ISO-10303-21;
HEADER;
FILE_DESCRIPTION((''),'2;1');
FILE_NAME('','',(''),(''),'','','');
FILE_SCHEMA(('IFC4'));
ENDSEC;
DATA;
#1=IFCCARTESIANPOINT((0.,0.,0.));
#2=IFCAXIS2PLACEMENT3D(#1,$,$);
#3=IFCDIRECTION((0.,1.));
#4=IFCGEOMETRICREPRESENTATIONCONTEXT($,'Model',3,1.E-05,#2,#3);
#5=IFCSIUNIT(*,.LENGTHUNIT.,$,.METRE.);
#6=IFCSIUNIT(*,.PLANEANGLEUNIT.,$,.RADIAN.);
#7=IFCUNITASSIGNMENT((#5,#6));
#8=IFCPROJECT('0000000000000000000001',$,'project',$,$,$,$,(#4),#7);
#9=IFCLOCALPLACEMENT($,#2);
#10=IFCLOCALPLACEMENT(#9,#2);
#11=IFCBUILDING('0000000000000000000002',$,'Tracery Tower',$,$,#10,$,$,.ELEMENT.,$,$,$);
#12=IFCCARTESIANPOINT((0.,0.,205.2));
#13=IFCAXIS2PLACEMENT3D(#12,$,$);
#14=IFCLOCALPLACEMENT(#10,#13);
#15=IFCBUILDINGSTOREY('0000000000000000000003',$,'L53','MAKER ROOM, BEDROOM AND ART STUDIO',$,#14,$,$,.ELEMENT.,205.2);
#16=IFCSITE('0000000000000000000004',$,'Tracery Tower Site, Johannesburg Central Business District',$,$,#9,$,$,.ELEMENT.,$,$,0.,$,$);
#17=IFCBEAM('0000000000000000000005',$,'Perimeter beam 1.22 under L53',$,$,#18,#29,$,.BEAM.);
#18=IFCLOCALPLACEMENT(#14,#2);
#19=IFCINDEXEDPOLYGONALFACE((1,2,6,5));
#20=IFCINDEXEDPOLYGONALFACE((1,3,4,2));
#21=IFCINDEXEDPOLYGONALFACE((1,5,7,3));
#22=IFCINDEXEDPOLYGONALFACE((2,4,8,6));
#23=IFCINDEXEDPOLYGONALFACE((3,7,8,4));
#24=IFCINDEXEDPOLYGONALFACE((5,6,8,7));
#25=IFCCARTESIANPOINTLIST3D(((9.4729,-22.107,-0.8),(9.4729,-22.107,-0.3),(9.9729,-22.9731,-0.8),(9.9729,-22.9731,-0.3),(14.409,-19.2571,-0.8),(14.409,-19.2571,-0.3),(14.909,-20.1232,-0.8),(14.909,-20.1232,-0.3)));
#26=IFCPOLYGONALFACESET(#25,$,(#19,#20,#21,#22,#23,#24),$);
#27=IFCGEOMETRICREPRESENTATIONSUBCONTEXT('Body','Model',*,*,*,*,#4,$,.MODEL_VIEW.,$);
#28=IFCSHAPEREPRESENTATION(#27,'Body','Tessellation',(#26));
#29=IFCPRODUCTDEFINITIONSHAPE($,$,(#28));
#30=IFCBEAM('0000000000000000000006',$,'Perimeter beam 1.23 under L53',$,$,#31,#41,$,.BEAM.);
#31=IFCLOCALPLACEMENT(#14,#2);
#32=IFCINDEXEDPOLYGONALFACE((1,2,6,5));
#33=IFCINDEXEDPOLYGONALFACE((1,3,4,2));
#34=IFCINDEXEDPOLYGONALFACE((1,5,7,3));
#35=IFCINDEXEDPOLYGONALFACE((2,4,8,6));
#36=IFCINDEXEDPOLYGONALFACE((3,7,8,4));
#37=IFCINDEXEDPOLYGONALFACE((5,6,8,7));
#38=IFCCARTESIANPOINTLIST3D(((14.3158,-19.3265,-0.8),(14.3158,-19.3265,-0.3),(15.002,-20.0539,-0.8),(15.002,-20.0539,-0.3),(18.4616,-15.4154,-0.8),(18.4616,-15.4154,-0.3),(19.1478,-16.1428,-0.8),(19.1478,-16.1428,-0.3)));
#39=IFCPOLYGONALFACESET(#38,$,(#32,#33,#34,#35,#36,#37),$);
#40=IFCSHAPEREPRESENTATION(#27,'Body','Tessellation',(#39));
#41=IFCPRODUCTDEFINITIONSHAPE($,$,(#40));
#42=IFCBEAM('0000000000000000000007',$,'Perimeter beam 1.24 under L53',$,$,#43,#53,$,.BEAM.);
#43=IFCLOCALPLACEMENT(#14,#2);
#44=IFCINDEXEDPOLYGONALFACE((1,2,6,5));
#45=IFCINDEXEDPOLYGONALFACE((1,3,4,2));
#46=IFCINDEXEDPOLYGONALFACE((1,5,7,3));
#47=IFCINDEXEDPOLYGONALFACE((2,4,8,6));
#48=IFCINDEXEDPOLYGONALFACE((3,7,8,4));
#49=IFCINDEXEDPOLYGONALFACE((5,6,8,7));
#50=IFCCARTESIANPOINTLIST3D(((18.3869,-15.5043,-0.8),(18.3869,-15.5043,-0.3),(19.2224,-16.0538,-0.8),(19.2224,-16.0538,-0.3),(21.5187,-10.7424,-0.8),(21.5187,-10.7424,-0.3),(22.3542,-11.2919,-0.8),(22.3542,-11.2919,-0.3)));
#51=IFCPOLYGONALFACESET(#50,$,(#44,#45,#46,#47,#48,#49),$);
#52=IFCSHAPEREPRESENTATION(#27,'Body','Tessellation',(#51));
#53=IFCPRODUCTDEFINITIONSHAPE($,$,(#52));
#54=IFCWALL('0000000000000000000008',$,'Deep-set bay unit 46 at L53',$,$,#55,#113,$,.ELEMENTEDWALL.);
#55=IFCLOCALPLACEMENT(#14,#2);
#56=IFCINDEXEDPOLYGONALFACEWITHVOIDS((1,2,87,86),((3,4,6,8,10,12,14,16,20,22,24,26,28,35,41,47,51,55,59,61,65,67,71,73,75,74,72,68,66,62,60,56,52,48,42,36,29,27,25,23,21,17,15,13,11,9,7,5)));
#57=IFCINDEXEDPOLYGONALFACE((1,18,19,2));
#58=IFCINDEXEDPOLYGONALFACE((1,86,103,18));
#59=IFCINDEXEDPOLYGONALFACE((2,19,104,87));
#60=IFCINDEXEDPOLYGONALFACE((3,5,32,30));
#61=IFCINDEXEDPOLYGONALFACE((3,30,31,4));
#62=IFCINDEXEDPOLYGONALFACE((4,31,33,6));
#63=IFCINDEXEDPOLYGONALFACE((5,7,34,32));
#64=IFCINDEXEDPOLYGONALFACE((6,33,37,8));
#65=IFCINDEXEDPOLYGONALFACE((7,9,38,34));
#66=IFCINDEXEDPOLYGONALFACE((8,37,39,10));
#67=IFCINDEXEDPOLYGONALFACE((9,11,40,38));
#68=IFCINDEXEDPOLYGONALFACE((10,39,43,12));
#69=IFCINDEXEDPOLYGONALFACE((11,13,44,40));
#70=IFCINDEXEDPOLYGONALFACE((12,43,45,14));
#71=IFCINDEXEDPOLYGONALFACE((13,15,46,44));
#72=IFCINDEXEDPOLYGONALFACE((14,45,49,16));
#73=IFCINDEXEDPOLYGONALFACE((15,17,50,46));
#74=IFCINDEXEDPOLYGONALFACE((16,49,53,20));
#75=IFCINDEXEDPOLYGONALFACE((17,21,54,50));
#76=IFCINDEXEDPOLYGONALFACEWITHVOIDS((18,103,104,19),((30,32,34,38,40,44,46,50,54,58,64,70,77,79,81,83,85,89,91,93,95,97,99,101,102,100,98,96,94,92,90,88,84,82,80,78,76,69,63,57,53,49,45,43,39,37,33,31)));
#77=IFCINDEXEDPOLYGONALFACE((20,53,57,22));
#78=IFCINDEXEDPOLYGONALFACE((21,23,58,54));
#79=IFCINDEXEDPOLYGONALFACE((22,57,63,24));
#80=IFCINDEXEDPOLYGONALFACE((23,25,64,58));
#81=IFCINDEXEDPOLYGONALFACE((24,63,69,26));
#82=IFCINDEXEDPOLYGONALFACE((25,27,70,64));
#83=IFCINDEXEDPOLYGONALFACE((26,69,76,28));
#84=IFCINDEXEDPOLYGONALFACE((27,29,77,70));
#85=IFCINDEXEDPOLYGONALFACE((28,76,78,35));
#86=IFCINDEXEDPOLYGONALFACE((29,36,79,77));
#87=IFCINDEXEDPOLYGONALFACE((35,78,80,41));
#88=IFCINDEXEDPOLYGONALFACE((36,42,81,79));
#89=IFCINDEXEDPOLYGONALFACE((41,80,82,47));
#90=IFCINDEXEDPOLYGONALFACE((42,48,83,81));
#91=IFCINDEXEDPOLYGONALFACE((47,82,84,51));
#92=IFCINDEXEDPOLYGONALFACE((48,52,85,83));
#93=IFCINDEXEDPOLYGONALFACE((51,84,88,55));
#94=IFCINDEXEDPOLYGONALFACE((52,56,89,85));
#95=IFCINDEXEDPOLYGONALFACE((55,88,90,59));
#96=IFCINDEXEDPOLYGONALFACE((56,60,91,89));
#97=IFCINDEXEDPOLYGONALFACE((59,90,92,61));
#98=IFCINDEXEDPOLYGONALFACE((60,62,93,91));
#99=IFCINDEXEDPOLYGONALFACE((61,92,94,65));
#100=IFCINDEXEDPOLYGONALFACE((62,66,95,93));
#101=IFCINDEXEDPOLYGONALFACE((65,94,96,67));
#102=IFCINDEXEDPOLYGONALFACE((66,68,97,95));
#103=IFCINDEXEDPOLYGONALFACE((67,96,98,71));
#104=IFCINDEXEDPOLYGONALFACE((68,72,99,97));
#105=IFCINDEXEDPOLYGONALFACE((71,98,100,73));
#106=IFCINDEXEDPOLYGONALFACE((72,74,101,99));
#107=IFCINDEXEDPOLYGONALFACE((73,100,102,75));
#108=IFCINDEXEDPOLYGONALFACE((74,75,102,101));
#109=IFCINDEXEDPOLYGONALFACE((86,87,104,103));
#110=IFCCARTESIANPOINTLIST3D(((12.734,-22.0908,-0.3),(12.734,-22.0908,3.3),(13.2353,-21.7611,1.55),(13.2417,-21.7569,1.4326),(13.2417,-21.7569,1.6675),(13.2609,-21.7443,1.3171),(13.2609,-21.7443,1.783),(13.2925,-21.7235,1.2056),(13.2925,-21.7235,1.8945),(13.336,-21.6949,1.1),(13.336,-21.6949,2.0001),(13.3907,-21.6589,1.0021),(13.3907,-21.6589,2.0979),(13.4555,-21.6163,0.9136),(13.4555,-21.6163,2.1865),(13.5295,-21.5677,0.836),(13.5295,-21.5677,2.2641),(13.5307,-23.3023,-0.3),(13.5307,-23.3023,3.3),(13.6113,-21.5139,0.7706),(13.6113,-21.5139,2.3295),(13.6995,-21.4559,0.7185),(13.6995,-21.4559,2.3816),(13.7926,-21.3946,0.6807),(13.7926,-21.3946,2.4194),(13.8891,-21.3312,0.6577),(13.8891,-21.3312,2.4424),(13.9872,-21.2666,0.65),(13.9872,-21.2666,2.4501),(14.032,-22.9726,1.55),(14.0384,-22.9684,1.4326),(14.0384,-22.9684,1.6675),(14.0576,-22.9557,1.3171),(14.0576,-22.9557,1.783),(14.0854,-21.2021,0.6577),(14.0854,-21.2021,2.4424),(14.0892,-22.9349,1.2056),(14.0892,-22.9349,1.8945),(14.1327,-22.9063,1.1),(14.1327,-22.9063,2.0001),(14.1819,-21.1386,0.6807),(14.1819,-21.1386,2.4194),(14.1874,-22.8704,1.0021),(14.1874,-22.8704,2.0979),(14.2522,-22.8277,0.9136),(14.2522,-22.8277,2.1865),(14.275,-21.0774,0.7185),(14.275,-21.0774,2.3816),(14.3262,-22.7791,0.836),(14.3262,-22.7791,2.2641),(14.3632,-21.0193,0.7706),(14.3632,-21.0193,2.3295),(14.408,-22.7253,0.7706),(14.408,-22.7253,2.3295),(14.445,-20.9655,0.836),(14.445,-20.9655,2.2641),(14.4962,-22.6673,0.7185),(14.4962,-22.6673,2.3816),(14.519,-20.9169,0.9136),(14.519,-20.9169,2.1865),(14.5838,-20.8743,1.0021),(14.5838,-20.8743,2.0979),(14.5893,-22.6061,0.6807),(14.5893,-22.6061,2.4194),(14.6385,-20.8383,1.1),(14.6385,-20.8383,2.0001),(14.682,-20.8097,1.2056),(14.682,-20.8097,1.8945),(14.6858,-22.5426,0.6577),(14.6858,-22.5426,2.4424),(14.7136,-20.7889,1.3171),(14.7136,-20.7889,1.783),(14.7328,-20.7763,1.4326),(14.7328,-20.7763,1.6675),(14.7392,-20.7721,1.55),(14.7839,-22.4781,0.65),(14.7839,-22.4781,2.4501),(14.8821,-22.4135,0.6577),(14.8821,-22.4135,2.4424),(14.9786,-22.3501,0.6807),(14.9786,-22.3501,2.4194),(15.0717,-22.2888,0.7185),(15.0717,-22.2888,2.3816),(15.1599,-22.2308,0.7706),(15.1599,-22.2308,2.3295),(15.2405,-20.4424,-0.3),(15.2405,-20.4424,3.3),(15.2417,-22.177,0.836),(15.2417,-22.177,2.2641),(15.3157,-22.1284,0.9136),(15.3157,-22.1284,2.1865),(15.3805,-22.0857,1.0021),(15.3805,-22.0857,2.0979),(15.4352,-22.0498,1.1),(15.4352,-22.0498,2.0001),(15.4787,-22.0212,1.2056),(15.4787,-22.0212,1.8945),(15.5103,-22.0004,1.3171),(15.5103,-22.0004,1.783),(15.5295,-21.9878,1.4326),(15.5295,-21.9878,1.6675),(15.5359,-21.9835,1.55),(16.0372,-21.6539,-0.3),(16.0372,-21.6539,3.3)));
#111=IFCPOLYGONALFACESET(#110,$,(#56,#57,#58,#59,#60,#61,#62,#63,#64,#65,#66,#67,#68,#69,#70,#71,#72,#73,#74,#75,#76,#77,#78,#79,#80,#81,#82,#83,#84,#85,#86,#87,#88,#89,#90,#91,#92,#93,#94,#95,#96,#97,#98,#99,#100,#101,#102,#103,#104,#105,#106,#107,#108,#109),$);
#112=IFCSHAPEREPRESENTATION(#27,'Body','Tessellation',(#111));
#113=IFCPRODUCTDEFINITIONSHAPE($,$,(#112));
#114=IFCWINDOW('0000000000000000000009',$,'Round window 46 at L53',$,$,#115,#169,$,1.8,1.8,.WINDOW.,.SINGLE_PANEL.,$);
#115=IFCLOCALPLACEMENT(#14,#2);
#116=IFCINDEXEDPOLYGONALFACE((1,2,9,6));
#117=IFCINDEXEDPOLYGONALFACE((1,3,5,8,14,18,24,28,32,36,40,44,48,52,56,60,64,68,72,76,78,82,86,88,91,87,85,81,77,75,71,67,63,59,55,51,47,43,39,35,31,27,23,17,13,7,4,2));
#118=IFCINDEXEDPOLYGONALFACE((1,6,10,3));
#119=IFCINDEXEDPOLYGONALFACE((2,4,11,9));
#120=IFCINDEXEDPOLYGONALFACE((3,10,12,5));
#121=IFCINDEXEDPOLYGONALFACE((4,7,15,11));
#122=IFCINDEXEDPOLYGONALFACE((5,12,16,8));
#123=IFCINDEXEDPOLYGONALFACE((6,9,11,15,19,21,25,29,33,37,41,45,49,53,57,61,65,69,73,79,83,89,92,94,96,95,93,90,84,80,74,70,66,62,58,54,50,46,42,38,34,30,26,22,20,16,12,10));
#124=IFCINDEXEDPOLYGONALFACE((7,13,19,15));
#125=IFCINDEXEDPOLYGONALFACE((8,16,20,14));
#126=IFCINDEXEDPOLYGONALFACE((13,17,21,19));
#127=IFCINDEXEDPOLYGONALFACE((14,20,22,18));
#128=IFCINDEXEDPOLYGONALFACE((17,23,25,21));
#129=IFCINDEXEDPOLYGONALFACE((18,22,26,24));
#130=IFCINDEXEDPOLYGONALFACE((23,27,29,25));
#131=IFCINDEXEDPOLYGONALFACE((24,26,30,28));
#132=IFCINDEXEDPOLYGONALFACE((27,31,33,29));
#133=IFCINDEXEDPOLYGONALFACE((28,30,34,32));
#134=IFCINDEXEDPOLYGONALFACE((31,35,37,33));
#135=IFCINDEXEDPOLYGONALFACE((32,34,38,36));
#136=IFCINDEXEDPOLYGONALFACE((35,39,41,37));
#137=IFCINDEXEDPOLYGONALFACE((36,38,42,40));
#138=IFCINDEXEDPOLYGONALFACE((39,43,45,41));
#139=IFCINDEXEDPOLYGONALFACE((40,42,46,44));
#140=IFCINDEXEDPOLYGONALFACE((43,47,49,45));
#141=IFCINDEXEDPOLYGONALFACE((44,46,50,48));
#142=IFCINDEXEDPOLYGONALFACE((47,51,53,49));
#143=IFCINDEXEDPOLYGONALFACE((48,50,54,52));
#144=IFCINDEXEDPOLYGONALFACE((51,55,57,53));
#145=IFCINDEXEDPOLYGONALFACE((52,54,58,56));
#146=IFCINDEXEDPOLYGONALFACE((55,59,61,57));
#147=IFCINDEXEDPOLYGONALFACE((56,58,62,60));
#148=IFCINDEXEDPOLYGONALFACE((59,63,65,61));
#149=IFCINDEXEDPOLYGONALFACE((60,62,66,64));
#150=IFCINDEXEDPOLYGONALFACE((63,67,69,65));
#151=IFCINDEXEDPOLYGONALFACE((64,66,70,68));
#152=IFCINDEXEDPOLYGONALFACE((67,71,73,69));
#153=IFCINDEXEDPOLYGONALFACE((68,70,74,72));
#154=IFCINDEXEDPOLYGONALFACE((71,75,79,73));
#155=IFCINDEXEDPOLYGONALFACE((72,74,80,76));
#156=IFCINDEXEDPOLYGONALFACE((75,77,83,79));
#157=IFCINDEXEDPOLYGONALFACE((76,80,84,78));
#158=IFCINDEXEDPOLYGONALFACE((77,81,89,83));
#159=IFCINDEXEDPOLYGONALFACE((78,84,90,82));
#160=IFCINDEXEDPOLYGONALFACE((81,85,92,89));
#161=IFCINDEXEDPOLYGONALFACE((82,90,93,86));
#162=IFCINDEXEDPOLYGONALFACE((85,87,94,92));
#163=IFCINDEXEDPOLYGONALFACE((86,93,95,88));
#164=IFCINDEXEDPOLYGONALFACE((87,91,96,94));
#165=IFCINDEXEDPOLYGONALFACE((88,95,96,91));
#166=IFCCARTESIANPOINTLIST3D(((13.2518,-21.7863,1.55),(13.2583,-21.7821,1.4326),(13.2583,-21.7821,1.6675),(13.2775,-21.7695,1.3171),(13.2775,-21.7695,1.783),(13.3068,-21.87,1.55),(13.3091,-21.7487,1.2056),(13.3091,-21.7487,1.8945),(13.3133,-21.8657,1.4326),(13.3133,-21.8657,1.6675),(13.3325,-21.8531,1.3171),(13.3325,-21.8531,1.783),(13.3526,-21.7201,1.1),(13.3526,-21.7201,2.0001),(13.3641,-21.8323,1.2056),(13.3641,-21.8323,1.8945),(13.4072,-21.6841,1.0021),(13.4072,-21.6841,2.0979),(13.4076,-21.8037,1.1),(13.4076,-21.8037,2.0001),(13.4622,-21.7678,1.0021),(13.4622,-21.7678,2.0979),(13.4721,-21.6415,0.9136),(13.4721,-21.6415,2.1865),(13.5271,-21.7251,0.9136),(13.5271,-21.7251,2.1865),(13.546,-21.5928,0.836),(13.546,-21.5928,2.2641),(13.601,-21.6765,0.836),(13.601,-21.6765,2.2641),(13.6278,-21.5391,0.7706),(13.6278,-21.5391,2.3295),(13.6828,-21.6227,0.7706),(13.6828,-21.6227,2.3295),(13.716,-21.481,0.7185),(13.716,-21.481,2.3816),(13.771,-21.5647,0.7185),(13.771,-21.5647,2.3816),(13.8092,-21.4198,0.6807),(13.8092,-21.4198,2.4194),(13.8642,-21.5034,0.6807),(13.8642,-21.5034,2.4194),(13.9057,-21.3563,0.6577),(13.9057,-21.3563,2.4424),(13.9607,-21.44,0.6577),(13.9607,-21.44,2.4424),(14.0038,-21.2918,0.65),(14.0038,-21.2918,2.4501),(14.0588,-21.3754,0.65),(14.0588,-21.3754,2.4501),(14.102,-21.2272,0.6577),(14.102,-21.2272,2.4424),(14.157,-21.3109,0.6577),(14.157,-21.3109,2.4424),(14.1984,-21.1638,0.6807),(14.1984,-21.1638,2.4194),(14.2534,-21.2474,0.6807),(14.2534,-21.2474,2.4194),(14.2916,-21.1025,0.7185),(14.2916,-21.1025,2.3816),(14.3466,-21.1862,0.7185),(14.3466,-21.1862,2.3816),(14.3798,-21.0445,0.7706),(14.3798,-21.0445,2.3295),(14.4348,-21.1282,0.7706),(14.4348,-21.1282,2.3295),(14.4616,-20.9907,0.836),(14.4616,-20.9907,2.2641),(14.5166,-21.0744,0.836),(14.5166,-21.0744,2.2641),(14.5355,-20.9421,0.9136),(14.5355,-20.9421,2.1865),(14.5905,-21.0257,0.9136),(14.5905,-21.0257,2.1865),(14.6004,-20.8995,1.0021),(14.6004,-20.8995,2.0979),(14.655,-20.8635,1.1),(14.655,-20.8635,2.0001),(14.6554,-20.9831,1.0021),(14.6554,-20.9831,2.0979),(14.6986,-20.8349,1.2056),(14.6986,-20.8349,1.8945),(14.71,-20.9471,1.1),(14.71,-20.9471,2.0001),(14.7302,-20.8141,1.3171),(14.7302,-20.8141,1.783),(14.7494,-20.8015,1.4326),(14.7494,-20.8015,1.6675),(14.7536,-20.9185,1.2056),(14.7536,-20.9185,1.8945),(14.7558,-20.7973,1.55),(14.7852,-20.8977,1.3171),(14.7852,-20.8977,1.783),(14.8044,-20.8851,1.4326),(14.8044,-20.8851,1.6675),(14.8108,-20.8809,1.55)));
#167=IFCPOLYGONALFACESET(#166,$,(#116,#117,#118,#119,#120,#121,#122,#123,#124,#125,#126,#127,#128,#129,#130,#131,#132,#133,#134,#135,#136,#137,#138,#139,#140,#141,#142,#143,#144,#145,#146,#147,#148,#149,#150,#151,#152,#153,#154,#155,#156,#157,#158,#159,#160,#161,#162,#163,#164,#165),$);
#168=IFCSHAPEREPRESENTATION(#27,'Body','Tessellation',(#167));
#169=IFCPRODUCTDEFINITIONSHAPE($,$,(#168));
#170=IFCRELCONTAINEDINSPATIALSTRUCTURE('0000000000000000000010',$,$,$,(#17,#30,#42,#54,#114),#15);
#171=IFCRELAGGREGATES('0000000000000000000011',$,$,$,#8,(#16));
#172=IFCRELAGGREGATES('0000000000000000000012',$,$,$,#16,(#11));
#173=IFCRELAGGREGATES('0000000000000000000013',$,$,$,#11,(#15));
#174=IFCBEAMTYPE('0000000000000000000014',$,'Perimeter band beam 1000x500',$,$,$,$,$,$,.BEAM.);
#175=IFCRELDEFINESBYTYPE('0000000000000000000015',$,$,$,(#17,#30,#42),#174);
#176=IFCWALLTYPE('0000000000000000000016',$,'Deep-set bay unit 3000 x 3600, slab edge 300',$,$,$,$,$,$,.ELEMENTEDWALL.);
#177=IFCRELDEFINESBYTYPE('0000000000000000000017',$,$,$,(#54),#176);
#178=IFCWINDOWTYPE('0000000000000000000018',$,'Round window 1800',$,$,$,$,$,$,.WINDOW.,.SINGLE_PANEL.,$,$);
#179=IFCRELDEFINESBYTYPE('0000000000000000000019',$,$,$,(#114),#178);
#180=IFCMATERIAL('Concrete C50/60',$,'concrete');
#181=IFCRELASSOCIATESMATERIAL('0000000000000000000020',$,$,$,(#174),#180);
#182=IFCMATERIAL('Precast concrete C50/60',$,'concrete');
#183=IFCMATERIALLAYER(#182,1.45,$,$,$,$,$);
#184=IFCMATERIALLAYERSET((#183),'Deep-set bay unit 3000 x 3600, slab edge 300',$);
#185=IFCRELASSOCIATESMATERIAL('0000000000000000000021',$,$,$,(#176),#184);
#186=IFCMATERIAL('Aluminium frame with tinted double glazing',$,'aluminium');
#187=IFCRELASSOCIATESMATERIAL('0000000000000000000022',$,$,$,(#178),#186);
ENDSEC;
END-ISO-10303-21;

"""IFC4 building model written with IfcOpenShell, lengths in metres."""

from ifc_helpers import new_model, si_unit, direction, frame, frame_2d, origin, origin_2d, place, context, subcontext, project, spatial, rectangle, circle, extrude, material, layer, layer_set, material_profile, profile_set, type_object, element, fill, save


model = new_model("IFC4")

# Units and contexts
model_context = context("Model", 3, precision=1e-05, world=origin(), true_north=direction((0.0, 1.0)))
body_context = subcontext(model_context, "Body", "Model", "MODEL_VIEW")
ifc_project = project(units=[si_unit("LENGTHUNIT", "METRE"), si_unit("PLANEANGLEUNIT", "RADIAN")], contexts=[model_context])

# Site, building, storey
site_placement = place(None, origin())
site = spatial("IfcSite", under=ifc_project, at=site_placement, Name="Tracery Tower Site, Johannesburg Central Business District", CompositionType="ELEMENT", RefElevation=0.0)
building_placement = place(site_placement, origin())
building = spatial("IfcBuilding", under=site, at=building_placement, Name="Tracery Tower", CompositionType="ELEMENT")
storey_placement = place(building_placement, frame((0.0, 0.0, 205.2)))
storey = spatial("IfcBuildingStorey", under=building, at=storey_placement, Name="L53", Description="MAKER ROOM, BEDROOM AND ART STUDIO", CompositionType="ELEMENT", Elevation=205.2)

# Beams
ifc_material_1 = material(Name="Concrete C50/60", Category="concrete")
ifc_material_profile_1 = material_profile(ifc_material_1, rectangle(XDim=1.0, YDim=0.5, at=origin_2d()), Name="RC 1000x500")
ifc_profile_set_1 = profile_set([ifc_material_profile_1], Name="Concrete C50/60")
beam_type = type_object("IfcBeamType", Name="Perimeter band beam 1000x500", PredefinedType="BEAM", material=ifc_profile_set_1)
beam_placement = place(storey_placement, frame((9.7229, -22.54, -0.55), z_axis=(0.866023, 0.500004, 0.0), x_axis=(-0.500004, 0.866023, 0.0)))
element("IfcBeam", 1, at=beam_placement, inside=storey, type_object=beam_type, Name="Perimeter beam 1.22 under L53", PredefinedType="BEAM", context=body_context, shape_type="SweptSolid", body=[
    extrude(rectangle(XDim=1.0, YDim=0.5, at=origin_2d()), origin(), (0.0, 0.0, 1.0), 5.6997),
])
for number, where, z_axis, x_axis, name in (
    (2, (14.6589, -19.6902, -0.55), (0.72739, 0.686225, 0.0), (-0.686225, 0.72739, 0.0), "Perimeter beam 1.23 under L53"),
    (3, (18.8047, -15.7791, -0.55), (0.54949, 0.8355, 0.0), (-0.8355, 0.54949, 0.0), "Perimeter beam 1.24 under L53"),
):
    element("IfcBeam", number, at=place(storey_placement, frame(where, z_axis=z_axis, x_axis=x_axis)), inside=storey, type_object=beam_type, Name=name, PredefinedType="BEAM", context=body_context, shape_type="SweptSolid", body=[
        extrude(rectangle(XDim=1.0, YDim=0.5, at=origin_2d()), origin(), (0.0, 0.0, 1.0), 5.6995),
    ])

# Wall, opening, window
ifc_material_2 = material(Name="Precast concrete C50/60", Category="concrete")
ifc_layer_1 = layer(ifc_material_2, 1.45)
ifc_layer_set_1 = layer_set([ifc_layer_1], Name="Deep-set bay unit 3000 x 3600, slab edge 300")
wall_type_1 = type_object("IfcWallType", Name="Deep-set bay unit 3000 x 3600, slab edge 300", PredefinedType="ELEMENTEDWALL", material=ifc_layer_set_1)
wall_1_placement = place(storey_placement, frame((13.1323, -22.6965, -0.3), z_axis=(0.0, 0.0, 1.0), x_axis=(0.835514, 0.549469, 0.0)))
wall_1 = element("IfcWall", 4, at=wall_1_placement, inside=storey, type_object=wall_type_1, Name="Deep-set bay unit 46 at L53", PredefinedType="ELEMENTEDWALL", context=body_context, shape_type="SweptSolid", body=[
    extrude(rectangle(XDim=3.0, YDim=1.45, at=frame_2d((1.5, 0.0))), origin(), (0.0, 0.0, 1.0), 3.6001),
])
opening_1_placement = place(wall_1_placement, frame((1.5, 0.0, 1.8501)))
opening_1 = element("IfcOpeningElement", 5, at=opening_1_placement, cuts=wall_1, PredefinedType="OPENING", context=body_context, shape_type="SweptSolid", body=[
    extrude(circle(Radius=0.9, at=origin_2d()), frame((0.0, 0.7349, 0.0), z_axis=(0.0, -1.0, 0.0), x_axis=(1.0, 0.0, 0.0)), (0.0, 0.0, 1.0), 1.47),
])
ifc_material_3 = material(Name="Aluminium frame with tinted double glazing", Category="aluminium")
window_type = type_object("IfcWindowType", Name="Round window 1800", PartitioningType="SINGLE_PANEL", PredefinedType="WINDOW", material=ifc_material_3)
window_1_placement = place(opening_1_placement, origin())
window_1 = element("IfcWindow", 6, at=window_1_placement, inside=storey, type_object=window_type, Name="Round window 46 at L53", OverallHeight=1.8, OverallWidth=1.8, PartitioningType="SINGLE_PANEL", PredefinedType="WINDOW", context=body_context, shape_type="SweptSolid", body=[
    extrude(circle(Radius=0.9, at=origin_2d()), frame((0.0, 0.6948, 0.0), z_axis=(0.0, -1.0, 0.0), x_axis=(1.0, 0.0, 0.0)), (0.0, 0.0, 1.0), 0.1001),
])
fill(opening_1, window_1)

save(model, "model.ifc")
